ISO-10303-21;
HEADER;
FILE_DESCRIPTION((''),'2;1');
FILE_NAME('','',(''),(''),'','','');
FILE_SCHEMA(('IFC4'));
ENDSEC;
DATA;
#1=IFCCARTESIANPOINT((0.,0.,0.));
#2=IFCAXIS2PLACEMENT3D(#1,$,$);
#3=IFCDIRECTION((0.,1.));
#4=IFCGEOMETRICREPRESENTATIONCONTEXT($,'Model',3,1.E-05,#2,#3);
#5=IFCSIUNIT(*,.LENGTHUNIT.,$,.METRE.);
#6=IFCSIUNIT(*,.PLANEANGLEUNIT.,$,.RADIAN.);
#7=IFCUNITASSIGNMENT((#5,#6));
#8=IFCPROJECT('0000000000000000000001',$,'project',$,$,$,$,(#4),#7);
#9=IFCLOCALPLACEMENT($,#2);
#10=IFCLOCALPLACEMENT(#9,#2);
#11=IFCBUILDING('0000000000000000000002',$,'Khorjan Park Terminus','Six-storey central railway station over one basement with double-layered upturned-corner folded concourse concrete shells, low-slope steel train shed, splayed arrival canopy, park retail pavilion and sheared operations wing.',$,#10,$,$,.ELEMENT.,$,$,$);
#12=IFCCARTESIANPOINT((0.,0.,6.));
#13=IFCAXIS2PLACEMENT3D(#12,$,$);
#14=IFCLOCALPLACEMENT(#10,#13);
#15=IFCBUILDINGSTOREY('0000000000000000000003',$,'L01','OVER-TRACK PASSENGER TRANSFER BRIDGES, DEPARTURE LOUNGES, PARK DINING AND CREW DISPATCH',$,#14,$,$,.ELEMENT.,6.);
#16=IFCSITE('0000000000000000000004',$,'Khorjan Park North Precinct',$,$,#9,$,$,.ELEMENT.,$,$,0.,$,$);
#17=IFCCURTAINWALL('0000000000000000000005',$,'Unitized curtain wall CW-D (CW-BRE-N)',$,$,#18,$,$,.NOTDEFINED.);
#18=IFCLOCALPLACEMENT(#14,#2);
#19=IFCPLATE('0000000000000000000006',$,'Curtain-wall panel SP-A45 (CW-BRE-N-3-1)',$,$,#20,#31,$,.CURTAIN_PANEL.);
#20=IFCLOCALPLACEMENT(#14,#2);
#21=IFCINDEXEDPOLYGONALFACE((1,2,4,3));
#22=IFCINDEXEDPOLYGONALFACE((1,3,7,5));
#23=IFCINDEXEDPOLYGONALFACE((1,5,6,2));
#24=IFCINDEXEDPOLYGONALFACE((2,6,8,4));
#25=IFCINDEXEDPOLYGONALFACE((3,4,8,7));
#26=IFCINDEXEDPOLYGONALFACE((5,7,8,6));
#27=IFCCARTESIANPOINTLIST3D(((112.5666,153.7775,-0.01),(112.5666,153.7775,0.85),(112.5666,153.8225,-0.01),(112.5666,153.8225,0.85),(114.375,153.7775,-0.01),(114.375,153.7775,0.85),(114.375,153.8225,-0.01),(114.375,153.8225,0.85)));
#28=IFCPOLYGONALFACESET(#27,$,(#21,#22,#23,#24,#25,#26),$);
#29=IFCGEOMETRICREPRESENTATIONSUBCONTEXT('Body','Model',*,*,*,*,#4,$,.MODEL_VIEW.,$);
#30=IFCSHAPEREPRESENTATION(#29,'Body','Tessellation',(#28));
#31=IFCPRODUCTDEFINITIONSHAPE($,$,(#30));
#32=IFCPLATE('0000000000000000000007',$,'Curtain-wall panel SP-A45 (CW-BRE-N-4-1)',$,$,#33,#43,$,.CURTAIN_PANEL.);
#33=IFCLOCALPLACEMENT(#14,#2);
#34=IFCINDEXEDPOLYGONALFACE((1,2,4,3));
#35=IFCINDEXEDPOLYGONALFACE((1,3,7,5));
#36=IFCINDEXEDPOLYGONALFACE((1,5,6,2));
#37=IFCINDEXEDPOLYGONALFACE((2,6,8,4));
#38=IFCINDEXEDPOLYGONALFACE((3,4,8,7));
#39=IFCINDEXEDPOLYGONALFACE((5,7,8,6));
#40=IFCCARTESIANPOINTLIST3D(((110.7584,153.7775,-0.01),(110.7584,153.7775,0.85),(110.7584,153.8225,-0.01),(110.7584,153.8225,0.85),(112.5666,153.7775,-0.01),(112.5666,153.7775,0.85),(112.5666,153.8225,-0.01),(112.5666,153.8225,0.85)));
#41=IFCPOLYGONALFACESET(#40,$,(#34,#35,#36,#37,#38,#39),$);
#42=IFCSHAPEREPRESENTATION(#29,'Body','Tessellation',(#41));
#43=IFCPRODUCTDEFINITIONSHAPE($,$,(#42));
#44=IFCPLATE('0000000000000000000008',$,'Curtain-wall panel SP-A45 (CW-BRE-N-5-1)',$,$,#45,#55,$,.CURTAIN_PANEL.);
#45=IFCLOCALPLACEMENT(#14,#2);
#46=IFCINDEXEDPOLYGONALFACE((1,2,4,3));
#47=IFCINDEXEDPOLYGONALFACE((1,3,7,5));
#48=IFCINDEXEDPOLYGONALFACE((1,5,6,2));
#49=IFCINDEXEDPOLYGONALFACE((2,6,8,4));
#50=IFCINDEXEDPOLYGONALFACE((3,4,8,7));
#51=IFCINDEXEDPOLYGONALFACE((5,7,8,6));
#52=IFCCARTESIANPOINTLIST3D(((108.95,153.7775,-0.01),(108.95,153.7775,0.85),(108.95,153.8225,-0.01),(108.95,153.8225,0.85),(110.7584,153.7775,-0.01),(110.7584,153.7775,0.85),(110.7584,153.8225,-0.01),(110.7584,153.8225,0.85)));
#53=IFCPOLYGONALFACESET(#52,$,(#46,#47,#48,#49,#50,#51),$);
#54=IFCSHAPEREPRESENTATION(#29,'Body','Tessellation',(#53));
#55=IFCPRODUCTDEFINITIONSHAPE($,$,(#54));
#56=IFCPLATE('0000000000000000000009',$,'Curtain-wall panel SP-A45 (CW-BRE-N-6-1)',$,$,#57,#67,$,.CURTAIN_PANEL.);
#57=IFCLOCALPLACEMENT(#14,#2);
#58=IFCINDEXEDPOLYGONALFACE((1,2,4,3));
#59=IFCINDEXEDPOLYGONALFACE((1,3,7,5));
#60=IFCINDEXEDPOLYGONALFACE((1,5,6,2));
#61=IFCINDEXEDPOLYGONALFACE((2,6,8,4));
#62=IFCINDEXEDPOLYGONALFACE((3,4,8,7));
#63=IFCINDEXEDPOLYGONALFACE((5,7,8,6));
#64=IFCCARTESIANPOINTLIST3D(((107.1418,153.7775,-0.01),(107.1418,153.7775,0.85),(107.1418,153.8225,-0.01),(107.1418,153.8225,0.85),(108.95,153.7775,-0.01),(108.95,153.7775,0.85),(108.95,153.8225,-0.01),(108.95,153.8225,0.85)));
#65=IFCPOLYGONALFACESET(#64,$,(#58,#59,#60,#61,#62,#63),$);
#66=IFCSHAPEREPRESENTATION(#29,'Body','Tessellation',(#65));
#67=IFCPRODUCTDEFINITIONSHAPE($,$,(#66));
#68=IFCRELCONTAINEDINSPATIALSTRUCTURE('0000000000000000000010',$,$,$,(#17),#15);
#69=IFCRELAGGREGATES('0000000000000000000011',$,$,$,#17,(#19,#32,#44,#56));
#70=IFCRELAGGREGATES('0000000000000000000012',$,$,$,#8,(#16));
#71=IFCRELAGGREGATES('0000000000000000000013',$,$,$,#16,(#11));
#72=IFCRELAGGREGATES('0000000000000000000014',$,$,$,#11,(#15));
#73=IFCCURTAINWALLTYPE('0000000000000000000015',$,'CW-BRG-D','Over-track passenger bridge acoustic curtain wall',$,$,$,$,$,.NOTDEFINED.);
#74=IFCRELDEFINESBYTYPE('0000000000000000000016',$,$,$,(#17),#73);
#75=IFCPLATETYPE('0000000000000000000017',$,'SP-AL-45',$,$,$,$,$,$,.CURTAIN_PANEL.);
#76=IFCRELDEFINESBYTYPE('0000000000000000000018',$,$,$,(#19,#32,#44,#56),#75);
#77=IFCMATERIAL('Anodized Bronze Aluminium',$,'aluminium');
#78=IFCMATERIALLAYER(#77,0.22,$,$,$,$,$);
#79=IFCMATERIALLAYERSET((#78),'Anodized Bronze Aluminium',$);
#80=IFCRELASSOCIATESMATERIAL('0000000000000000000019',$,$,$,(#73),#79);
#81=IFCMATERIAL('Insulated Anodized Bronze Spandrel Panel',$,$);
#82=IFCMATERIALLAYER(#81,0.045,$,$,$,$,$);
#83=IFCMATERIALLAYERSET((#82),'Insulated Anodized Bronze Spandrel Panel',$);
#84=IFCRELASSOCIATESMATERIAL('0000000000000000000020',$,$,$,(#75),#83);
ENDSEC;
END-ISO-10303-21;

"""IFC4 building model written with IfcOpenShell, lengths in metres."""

from ifc_helpers import new_model, si_unit, direction, frame, origin, origin_2d, place, context, subcontext, project, spatial, rectangle, extrude, material, layer, layer_set, type_object, element, aggregate, save


model = new_model("IFC4")

# Units and contexts
model_context = context("Model", 3, precision=1e-05, world=origin(), true_north=direction((0.0, 1.0)))
body_context = subcontext(model_context, "Body", "Model", "MODEL_VIEW")
ifc_project = project(units=[si_unit("LENGTHUNIT", "METRE"), si_unit("PLANEANGLEUNIT", "RADIAN")], contexts=[model_context])

# Site, building, storey
site_placement = place(None, origin())
site = spatial("IfcSite", under=ifc_project, at=site_placement, Name="Khorjan Park North Precinct", CompositionType="ELEMENT", RefElevation=0.0)
building_placement = place(site_placement, origin())
building = spatial("IfcBuilding", under=site, at=building_placement, Name="Khorjan Park Terminus", Description="Six-storey central railway station over one basement with double-layered upturned-corner folded concourse concrete shells, low-slope steel train shed, splayed arrival canopy, park retail pavilion and sheared operations wing.", CompositionType="ELEMENT")
storey_placement = place(building_placement, frame((0.0, 0.0, 6.0)))
storey = spatial("IfcBuildingStorey", under=building, at=storey_placement, Name="L01", Description="OVER-TRACK PASSENGER TRANSFER BRIDGES, DEPARTURE LOUNGES, PARK DINING AND CREW DISPATCH", CompositionType="ELEMENT", Elevation=6.0)

# Curtain wall, plates
ifc_material_1 = material(Name="Anodized Bronze Aluminium", Category="aluminium")
ifc_layer_1 = layer(ifc_material_1, 0.22)
ifc_layer_set_1 = layer_set([ifc_layer_1], Name="Anodized Bronze Aluminium")
curtain_wall_type = type_object("IfcCurtainWallType", Name="CW-BRG-D", Description="Over-track passenger bridge acoustic curtain wall", PredefinedType="NOTDEFINED", material=ifc_layer_set_1)
curtain_wall_placement = place(storey_placement, origin())
curtain_wall = element("IfcCurtainWall", 1, at=curtain_wall_placement, inside=storey, type_object=curtain_wall_type, Name="Unitized curtain wall CW-D (CW-BRE-N)", PredefinedType="NOTDEFINED")
ifc_material_2 = material(Name="Insulated Anodized Bronze Spandrel Panel")
ifc_layer_2 = layer(ifc_material_2, 0.045)
ifc_layer_set_2 = layer_set([ifc_layer_2], Name="Insulated Anodized Bronze Spandrel Panel")
plate_type_1 = type_object("IfcPlateType", Name="SP-AL-45", PredefinedType="CURTAIN_PANEL", material=ifc_layer_set_2)
plate_1_placement = place(storey_placement, frame((113.4708, 153.8, -0.01), z_axis=(0.0, 0.0, 1.0), x_axis=(-1.0, 0.0, 0.0)))
plate_1 = element("IfcPlate", 2, at=plate_1_placement, type_object=plate_type_1, Name="Curtain-wall panel SP-A45 (CW-BRE-N-3-1)", PredefinedType="CURTAIN_PANEL", context=body_context, shape_type="SweptSolid", body=[
    extrude(rectangle(XDim=1.8083, YDim=0.045, at=origin_2d()), origin(), (0.0, 0.0, 1.0), 0.86),
])
plate_2_placement = place(storey_placement, frame((111.6625, 153.8, -0.01), z_axis=(0.0, 0.0, 1.0), x_axis=(-1.0, 0.0, 0.0)))
plate_2 = element("IfcPlate", 3, at=plate_2_placement, type_object=plate_type_1, Name="Curtain-wall panel SP-A45 (CW-BRE-N-4-1)", PredefinedType="CURTAIN_PANEL", context=body_context, shape_type="SweptSolid", body=[
    extrude(rectangle(XDim=1.8083, YDim=0.045, at=origin_2d()), origin(), (0.0, 0.0, 1.0), 0.86),
])
plate_3_placement = place(storey_placement, frame((109.8542, 153.8, -0.01), z_axis=(0.0, 0.0, 1.0), x_axis=(-1.0, 0.0, 0.0)))
plate_3 = element("IfcPlate", 4, at=plate_3_placement, type_object=plate_type_1, Name="Curtain-wall panel SP-A45 (CW-BRE-N-5-1)", PredefinedType="CURTAIN_PANEL", context=body_context, shape_type="SweptSolid", body=[
    extrude(rectangle(XDim=1.8083, YDim=0.045, at=origin_2d()), origin(), (0.0, 0.0, 1.0), 0.86),
])
plate_4_placement = place(storey_placement, frame((108.0459, 153.8, -0.01), z_axis=(0.0, 0.0, 1.0), x_axis=(-1.0, 0.0, 0.0)))
plate_4 = element("IfcPlate", 5, at=plate_4_placement, type_object=plate_type_1, Name="Curtain-wall panel SP-A45 (CW-BRE-N-6-1)", PredefinedType="CURTAIN_PANEL", context=body_context, shape_type="SweptSolid", body=[
    extrude(rectangle(XDim=1.8083, YDim=0.045, at=origin_2d()), origin(), (0.0, 0.0, 1.0), 0.86),
])
aggregate(curtain_wall, [plate_1, plate_2, plate_3, plate_4])

save(model, "model.ifc")
